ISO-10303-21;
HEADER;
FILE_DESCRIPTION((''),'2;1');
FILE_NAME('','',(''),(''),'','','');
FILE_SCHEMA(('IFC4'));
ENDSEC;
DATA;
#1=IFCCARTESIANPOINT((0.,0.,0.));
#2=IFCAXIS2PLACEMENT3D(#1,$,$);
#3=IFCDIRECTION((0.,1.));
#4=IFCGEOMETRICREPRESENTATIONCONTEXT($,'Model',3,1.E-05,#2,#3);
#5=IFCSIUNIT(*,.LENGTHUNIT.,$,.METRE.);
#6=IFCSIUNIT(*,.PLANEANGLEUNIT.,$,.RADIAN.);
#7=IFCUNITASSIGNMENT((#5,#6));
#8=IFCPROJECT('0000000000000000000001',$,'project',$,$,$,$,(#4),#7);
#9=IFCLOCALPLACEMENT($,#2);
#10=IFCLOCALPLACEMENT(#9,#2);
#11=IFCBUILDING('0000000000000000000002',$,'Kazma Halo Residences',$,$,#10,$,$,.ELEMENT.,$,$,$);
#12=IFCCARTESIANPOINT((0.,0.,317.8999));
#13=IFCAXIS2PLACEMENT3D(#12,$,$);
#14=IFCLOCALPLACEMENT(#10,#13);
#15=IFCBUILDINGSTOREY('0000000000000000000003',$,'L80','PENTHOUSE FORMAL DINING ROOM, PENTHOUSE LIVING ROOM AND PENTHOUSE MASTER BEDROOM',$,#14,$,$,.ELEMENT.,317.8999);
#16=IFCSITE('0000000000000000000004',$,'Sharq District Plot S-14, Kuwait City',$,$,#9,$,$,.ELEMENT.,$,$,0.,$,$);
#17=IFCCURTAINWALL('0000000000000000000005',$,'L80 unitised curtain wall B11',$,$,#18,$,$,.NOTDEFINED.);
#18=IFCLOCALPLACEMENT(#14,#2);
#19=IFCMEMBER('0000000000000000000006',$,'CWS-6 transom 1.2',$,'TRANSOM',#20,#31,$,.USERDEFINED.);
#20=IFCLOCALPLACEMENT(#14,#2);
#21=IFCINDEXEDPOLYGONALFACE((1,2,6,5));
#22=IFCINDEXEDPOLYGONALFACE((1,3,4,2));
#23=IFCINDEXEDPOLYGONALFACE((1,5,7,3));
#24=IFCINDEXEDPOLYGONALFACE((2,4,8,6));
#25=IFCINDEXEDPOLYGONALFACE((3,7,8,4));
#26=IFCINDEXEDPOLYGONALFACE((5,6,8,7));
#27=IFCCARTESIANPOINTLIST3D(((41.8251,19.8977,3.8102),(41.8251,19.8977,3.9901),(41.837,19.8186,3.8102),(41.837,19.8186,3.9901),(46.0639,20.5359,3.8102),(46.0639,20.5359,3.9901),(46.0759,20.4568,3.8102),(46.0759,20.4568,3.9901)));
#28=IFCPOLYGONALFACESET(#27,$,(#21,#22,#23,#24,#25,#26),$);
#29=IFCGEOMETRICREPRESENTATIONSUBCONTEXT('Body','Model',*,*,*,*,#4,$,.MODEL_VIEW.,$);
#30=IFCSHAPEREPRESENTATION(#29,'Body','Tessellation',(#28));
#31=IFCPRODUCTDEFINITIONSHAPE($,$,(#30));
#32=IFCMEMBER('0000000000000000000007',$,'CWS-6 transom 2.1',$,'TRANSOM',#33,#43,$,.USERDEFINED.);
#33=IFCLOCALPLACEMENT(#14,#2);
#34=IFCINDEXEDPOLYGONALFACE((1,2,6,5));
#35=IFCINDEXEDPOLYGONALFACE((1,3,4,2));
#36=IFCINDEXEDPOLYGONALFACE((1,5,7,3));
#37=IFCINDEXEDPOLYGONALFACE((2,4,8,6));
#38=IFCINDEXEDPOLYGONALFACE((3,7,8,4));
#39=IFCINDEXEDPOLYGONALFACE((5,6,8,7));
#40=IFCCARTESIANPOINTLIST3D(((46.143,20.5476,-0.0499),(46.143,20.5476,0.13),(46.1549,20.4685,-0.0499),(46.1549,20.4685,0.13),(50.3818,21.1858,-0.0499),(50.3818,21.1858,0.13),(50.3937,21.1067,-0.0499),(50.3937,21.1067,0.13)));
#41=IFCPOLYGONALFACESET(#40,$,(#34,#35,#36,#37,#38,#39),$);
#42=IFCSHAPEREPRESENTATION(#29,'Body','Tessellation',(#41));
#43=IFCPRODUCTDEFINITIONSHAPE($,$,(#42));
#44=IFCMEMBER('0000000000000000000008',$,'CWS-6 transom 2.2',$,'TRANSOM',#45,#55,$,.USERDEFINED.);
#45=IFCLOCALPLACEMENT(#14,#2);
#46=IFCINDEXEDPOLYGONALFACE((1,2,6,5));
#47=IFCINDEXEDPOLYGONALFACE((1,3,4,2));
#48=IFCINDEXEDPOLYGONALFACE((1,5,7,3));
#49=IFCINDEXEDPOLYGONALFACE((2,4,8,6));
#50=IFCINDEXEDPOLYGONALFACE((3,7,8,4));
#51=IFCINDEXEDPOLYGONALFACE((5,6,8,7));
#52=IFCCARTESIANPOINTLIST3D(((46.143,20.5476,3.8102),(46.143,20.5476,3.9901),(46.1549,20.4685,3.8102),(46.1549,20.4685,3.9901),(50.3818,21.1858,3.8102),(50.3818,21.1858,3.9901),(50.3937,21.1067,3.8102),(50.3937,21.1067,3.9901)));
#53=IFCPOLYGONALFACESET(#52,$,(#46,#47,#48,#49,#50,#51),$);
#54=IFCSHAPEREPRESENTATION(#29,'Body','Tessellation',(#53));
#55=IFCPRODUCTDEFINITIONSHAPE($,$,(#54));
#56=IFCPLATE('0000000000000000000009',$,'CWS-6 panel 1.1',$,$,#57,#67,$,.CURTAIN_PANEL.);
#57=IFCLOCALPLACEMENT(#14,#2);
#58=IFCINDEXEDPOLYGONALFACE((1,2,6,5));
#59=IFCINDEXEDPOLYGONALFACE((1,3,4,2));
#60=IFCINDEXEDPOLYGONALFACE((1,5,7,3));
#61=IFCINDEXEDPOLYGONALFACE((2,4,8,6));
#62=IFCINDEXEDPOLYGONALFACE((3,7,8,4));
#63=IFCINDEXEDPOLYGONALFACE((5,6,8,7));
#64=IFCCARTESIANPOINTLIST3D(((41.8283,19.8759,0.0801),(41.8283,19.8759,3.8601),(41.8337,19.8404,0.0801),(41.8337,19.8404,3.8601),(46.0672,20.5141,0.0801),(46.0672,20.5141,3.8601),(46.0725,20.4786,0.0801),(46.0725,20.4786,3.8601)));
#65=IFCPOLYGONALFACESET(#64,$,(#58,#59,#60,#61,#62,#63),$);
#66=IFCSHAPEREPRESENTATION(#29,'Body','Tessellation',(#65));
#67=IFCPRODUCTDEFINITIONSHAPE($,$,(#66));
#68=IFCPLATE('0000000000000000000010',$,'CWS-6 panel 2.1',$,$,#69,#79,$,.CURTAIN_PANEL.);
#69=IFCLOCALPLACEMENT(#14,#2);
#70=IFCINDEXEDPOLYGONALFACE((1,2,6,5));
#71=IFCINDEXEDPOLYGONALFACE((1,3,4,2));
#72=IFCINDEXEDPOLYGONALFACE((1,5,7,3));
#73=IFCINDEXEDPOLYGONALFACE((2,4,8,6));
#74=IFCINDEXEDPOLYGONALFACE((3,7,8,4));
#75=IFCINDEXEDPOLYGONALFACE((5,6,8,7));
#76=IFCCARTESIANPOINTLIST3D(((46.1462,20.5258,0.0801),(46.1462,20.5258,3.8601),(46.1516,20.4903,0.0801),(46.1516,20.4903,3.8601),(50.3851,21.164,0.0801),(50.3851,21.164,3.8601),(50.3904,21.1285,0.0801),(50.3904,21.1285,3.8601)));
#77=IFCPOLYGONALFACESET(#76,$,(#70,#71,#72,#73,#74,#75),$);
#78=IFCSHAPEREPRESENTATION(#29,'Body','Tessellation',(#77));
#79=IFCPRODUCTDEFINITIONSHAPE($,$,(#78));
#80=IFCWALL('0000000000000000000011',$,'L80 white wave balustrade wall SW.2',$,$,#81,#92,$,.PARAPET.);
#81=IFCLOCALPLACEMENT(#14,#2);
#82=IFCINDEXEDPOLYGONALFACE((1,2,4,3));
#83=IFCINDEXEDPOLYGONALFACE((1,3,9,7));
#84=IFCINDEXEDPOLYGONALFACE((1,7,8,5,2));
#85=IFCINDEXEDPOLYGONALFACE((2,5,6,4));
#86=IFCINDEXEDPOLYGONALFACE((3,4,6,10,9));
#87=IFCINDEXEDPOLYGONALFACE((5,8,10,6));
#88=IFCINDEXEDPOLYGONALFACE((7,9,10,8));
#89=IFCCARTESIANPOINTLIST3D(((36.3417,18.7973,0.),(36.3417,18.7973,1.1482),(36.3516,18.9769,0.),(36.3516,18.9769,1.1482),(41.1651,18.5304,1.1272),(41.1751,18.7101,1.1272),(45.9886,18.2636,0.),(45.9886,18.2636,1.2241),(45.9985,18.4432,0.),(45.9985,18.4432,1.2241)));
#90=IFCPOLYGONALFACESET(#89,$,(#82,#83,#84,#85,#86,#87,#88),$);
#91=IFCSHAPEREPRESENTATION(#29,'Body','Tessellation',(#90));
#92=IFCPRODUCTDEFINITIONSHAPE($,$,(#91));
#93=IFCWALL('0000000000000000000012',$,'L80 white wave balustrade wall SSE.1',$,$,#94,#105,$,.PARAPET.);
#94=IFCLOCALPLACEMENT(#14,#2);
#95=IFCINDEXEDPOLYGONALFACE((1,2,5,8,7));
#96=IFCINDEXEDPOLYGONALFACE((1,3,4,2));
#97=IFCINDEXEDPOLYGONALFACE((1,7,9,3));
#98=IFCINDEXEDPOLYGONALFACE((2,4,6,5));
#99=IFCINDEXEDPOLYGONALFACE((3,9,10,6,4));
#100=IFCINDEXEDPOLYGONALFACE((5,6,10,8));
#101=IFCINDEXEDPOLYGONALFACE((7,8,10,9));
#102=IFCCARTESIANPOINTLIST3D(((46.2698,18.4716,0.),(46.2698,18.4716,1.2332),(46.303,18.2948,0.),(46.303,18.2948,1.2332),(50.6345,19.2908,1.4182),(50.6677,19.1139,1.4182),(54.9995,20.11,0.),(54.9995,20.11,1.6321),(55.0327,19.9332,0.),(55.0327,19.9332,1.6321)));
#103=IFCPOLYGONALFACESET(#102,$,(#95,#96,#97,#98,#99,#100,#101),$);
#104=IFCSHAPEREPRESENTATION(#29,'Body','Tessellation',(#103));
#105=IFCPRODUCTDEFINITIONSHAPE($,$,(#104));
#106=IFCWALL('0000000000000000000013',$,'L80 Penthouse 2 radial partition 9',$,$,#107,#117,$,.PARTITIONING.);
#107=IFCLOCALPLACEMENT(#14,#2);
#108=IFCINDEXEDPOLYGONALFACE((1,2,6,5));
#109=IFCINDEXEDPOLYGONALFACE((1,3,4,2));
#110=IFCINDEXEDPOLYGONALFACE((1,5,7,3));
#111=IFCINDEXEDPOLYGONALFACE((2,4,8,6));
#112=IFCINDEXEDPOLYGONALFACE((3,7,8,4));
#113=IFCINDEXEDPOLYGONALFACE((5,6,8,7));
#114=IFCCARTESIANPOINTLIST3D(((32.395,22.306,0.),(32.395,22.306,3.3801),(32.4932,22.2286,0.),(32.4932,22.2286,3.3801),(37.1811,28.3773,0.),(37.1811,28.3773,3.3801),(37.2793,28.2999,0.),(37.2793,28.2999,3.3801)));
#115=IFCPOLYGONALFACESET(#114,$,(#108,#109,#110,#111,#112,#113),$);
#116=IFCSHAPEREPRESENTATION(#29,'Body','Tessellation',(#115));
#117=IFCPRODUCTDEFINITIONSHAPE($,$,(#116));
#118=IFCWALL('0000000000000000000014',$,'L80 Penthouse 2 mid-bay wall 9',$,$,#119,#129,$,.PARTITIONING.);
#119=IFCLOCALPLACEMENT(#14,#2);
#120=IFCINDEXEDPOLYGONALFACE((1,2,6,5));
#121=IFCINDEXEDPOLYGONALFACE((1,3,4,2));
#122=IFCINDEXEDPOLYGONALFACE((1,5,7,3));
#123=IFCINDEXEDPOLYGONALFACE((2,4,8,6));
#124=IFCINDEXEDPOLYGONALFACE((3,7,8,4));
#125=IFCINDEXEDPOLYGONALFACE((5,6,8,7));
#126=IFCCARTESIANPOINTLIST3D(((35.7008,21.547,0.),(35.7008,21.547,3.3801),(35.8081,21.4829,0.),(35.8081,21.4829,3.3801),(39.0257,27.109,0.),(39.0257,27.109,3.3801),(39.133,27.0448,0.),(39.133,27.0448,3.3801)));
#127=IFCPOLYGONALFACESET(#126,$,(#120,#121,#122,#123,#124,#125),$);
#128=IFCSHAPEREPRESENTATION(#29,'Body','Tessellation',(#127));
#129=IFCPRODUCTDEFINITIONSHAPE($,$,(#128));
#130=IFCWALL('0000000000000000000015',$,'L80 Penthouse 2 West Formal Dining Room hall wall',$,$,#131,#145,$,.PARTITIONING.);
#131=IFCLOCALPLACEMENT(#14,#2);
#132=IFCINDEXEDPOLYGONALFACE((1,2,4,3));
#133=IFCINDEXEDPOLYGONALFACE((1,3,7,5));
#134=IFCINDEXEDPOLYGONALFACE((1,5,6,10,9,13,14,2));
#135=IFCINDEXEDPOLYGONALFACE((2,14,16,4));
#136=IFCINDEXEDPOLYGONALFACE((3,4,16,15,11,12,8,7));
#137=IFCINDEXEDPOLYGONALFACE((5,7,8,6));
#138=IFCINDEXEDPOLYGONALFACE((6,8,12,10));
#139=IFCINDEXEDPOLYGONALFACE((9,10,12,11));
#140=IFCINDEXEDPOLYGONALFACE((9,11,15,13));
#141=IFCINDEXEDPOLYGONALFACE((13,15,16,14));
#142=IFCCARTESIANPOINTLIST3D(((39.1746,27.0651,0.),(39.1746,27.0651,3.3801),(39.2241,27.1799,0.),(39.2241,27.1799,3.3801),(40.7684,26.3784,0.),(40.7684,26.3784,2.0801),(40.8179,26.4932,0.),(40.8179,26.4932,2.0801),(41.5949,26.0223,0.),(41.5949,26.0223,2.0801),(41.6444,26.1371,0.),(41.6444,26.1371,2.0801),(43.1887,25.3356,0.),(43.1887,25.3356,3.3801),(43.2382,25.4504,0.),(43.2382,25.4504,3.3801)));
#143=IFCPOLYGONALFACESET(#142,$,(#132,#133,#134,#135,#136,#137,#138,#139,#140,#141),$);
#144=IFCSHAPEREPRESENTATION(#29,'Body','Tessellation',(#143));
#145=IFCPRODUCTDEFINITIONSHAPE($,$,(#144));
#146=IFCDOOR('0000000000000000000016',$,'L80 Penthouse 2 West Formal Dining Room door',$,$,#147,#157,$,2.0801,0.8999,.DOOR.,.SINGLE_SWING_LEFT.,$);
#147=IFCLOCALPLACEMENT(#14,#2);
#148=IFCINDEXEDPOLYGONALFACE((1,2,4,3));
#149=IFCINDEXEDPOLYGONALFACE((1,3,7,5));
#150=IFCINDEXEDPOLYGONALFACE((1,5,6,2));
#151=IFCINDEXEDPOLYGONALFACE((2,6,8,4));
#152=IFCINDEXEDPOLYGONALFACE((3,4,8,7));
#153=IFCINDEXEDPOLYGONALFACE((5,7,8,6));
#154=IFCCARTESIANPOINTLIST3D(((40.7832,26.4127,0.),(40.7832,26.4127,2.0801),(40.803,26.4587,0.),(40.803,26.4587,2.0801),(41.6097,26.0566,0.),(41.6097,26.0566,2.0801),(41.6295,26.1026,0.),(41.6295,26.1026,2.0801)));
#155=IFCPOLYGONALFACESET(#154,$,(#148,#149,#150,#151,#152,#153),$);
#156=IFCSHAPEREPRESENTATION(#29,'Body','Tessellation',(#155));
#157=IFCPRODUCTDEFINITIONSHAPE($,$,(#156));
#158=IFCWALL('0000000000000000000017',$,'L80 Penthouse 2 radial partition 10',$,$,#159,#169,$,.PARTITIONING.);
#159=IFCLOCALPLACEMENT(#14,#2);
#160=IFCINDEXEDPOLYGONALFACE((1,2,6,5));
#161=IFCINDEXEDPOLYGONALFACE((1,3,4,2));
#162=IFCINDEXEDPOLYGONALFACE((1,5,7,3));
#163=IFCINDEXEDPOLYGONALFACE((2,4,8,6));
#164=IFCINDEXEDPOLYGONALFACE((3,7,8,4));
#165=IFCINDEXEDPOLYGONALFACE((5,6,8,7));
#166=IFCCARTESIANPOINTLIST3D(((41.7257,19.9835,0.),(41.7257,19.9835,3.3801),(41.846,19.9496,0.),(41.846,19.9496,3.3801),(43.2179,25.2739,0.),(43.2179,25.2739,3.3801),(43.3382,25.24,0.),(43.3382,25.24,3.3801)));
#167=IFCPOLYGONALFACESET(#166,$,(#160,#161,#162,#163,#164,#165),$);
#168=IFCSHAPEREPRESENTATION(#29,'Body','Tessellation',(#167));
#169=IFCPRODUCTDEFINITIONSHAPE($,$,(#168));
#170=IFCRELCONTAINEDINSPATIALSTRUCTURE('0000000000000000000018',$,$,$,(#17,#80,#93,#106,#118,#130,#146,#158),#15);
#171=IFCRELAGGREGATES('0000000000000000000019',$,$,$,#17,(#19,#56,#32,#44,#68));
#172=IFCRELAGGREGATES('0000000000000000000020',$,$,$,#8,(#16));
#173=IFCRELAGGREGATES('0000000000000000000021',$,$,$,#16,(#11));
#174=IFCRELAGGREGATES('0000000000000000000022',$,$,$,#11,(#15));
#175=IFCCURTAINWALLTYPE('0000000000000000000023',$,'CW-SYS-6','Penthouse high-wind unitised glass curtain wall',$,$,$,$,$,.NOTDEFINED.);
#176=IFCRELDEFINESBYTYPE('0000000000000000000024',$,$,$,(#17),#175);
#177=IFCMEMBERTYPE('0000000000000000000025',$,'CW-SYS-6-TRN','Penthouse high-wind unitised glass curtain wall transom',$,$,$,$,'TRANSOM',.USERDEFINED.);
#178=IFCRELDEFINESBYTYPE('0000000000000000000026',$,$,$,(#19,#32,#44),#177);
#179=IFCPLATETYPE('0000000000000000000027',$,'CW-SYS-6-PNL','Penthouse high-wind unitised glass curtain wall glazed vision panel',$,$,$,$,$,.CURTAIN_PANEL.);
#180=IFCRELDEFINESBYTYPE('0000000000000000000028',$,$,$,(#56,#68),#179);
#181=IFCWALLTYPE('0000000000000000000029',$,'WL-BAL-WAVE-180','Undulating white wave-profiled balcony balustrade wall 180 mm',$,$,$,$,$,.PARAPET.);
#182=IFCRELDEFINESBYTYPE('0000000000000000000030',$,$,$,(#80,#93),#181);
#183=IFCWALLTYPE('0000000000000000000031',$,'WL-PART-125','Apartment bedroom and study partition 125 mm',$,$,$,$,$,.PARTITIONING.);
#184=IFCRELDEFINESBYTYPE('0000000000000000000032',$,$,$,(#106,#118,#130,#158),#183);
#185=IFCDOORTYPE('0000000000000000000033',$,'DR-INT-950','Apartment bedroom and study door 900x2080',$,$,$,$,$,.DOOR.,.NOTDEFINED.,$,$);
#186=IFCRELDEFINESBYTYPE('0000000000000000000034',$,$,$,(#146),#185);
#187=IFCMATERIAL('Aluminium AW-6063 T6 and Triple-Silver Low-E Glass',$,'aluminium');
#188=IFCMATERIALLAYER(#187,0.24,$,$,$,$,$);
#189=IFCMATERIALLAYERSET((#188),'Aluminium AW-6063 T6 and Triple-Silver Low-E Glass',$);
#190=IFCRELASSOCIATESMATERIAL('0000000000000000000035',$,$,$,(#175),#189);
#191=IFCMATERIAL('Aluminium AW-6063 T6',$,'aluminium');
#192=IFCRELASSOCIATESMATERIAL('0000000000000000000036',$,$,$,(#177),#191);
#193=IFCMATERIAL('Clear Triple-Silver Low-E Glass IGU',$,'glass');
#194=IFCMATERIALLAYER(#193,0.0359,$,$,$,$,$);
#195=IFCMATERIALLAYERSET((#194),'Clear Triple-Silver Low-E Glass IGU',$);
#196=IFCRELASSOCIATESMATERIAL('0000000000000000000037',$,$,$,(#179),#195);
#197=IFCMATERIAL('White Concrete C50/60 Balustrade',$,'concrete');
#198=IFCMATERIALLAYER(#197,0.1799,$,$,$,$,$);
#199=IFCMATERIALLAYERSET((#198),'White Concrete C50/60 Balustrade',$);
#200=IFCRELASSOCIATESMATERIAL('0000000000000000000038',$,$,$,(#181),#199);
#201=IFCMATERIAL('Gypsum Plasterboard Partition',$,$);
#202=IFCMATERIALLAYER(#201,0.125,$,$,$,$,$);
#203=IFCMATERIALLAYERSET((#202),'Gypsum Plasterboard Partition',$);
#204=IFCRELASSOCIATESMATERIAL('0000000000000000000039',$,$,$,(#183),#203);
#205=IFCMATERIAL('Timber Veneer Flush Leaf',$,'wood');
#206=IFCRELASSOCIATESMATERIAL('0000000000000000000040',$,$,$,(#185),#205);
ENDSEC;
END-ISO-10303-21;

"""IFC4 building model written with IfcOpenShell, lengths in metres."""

from ifc_helpers import new_model, si_unit, direction, frame, frame_2d, origin, origin_2d, place, context, subcontext, project, spatial, polyline, rectangle, outline, extrude, material, layer, layer_set, material_profile, profile_set, type_object, element, fill, aggregate, save


model = new_model("IFC4")

# Units and contexts
model_context = context("Model", 3, precision=1e-05, world=origin(), true_north=direction((0.0, 1.0)))
body_context = subcontext(model_context, "Body", "Model", "MODEL_VIEW")
ifc_project = project(units=[si_unit("LENGTHUNIT", "METRE"), si_unit("PLANEANGLEUNIT", "RADIAN")], contexts=[model_context])

# Site, building, storey
site_placement = place(None, origin())
site = spatial("IfcSite", under=ifc_project, at=site_placement, Name="Sharq District Plot S-14, Kuwait City", CompositionType="ELEMENT", RefElevation=0.0)
building_placement = place(site_placement, origin())
building = spatial("IfcBuilding", under=site, at=building_placement, Name="Kazma Halo Residences", CompositionType="ELEMENT")
storey_placement = place(building_placement, frame((0.0, 0.0, 317.8999)))
storey = spatial("IfcBuildingStorey", under=building, at=storey_placement, Name="L80", Description="PENTHOUSE FORMAL DINING ROOM, PENTHOUSE LIVING ROOM AND PENTHOUSE MASTER BEDROOM", CompositionType="ELEMENT", Elevation=317.8999)

# Curtain wall, members, plates
ifc_material_1 = material(Name="Aluminium AW-6063 T6 and Triple-Silver Low-E Glass", Category="aluminium")
ifc_layer_1 = layer(ifc_material_1, 0.24)
ifc_layer_set_1 = layer_set([ifc_layer_1], Name="Aluminium AW-6063 T6 and Triple-Silver Low-E Glass")
curtain_wall_type = type_object("IfcCurtainWallType", Name="CW-SYS-6", Description="Penthouse high-wind unitised glass curtain wall", PredefinedType="NOTDEFINED", material=ifc_layer_set_1)
curtain_wall_placement = place(storey_placement, origin())
curtain_wall = element("IfcCurtainWall", 1, at=curtain_wall_placement, inside=storey, type_object=curtain_wall_type, Name="L80 unitised curtain wall B11", PredefinedType="NOTDEFINED")
ifc_material_2 = material(Name="Aluminium AW-6063 T6", Category="aluminium")
ifc_material_profile_1 = material_profile(ifc_material_2, rectangle(XDim=0.0801, YDim=0.1799, at=origin_2d()), Name="CWT-80x180")
ifc_profile_set_1 = profile_set([ifc_material_profile_1], Name="Aluminium AW-6063 T6")
member_type_1 = type_object("IfcMemberType", Name="CW-SYS-6-TRN", Description="Penthouse high-wind unitised glass curtain wall transom", ElementType="TRANSOM", PredefinedType="USERDEFINED", material=ifc_profile_set_1)
member_1_placement = place(storey_placement, frame((41.8311, 19.8582, 3.9001), z_axis=(0.988855, 0.148881, 0.0), x_axis=(-0.148881, 0.988855, 0.0)))
member_1 = element("IfcMember", 2, at=member_1_placement, type_object=member_type_1, Name="CWS-6 transom 1.2", ObjectType="TRANSOM", PredefinedType="USERDEFINED", context=body_context, shape_type="SweptSolid", body=[
    extrude(rectangle(XDim=0.0801, YDim=0.1799, at=origin_2d()), origin(), (0.0, 0.0, 1.0), 4.2866),
])
member_2_placement = place(storey_placement, frame((46.1489, 20.5081, 0.04), z_axis=(0.988855, 0.148881, 0.0), x_axis=(-0.148881, 0.988855, 0.0)))
member_2 = element("IfcMember", 3, at=member_2_placement, type_object=member_type_1, Name="CWS-6 transom 2.1", ObjectType="TRANSOM", PredefinedType="USERDEFINED", context=body_context, shape_type="SweptSolid", body=[
    extrude(rectangle(XDim=0.0801, YDim=0.1799, at=origin_2d()), origin(), (0.0, 0.0, 1.0), 4.2866),
])
member_3_placement = place(storey_placement, frame((46.1489, 20.5081, 3.9001), z_axis=(0.988855, 0.148881, 0.0), x_axis=(-0.148881, 0.988855, 0.0)))
member_3 = element("IfcMember", 4, at=member_3_placement, type_object=member_type_1, Name="CWS-6 transom 2.2", ObjectType="TRANSOM", PredefinedType="USERDEFINED", context=body_context, shape_type="SweptSolid", body=[
    extrude(rectangle(XDim=0.0801, YDim=0.1799, at=origin_2d()), origin(), (0.0, 0.0, 1.0), 4.2866),
])
ifc_material_3 = material(Name="Clear Triple-Silver Low-E Glass IGU", Category="glass")
ifc_layer_2 = layer(ifc_material_3, 0.0359)
ifc_layer_set_2 = layer_set([ifc_layer_2], Name="Clear Triple-Silver Low-E Glass IGU")
plate_type = type_object("IfcPlateType", Name="CW-SYS-6-PNL", Description="Penthouse high-wind unitised glass curtain wall glazed vision panel", PredefinedType="CURTAIN_PANEL", material=ifc_layer_set_2)
plate_1_placement = place(storey_placement, frame((43.9504, 20.1772, 0.0801), z_axis=(0.0, 0.0, 1.0), x_axis=(0.988857, 0.148871, 0.0)))
plate_1 = element("IfcPlate", 5, at=plate_1_placement, type_object=plate_type, Name="CWS-6 panel 1.1", PredefinedType="CURTAIN_PANEL", context=body_context, shape_type="SweptSolid", body=[
    extrude(rectangle(XDim=4.2866, YDim=0.0359, at=origin_2d()), origin(), (0.0, 0.0, 1.0), 3.78),
])
plate_2_placement = place(storey_placement, frame((48.2683, 20.8271, 0.0801), z_axis=(0.0, 0.0, 1.0), x_axis=(0.988857, 0.148871, 0.0)))
plate_2 = element("IfcPlate", 6, at=plate_2_placement, type_object=plate_type, Name="CWS-6 panel 2.1", PredefinedType="CURTAIN_PANEL", context=body_context, shape_type="SweptSolid", body=[
    extrude(rectangle(XDim=4.2866, YDim=0.0359, at=origin_2d()), origin(), (0.0, 0.0, 1.0), 3.78),
])
aggregate(curtain_wall, [member_1, plate_1, member_2, member_3, plate_2])

# Walls
ifc_material_4 = material(Name="White Concrete C50/60 Balustrade", Category="concrete")
ifc_layer_3 = layer(ifc_material_4, 0.1799)
ifc_layer_set_3 = layer_set([ifc_layer_3], Name="White Concrete C50/60 Balustrade")
wall_type_1 = type_object("IfcWallType", Name="WL-BAL-WAVE-180", Description="Undulating white wave-profiled balcony balustrade wall 180 mm", PredefinedType="PARAPET", material=ifc_layer_set_3)
wall_1_placement = place(storey_placement, frame((36.3467, 18.8872, 0.0), z_axis=(0.0, 0.0, 1.0), x_axis=(0.998473, -0.055238, 0.0)))
element("IfcWall", 7, at=wall_1_placement, inside=storey, type_object=wall_type_1, Name="L80 white wave balustrade wall SW.2", PredefinedType="PARAPET", context=body_context, shape_type="SweptSolid", body=[
    extrude(outline(polyline([(0.0, 0.0), (9.6616, 0.0), (9.6616, 1.2241), (4.8308, 1.1272), (0.0, 1.1482), (0.0, 0.0)])), frame((0.0, 0.0898, 0.0), z_axis=(0.0, -1.0, 0.0), x_axis=(1.0, 0.0, 0.0)), (0.0, 0.0, 1.0), 0.1799),
])
wall_2_placement = place(storey_placement, frame((46.2864, 18.3833, 0.0), z_axis=(0.0, 0.0, 1.0), x_axis=(0.982839, 0.184463, 0.0)))
element("IfcWall", 8, at=wall_2_placement, inside=storey, type_object=wall_type_1, Name="L80 white wave balustrade wall SSE.1", PredefinedType="PARAPET", context=body_context, shape_type="SweptSolid", body=[
    extrude(outline(polyline([(0.0, 0.0), (8.8821, 0.0), (8.8821, 1.6321), (4.4409, 1.4182), (0.0, 1.2332), (0.0, 0.0)])), frame((0.0, 0.0898, 0.0), z_axis=(0.0, -1.0, 0.0), x_axis=(1.0, 0.0, 0.0)), (0.0, 0.0, 1.0), 0.1799),
])
ifc_material_5 = material(Name="Gypsum Plasterboard Partition")
ifc_layer_4 = layer(ifc_material_5, 0.125)
ifc_layer_set_4 = layer_set([ifc_layer_4], Name="Gypsum Plasterboard Partition")
wall_type_2 = type_object("IfcWallType", Name="WL-PART-125", Description="Apartment bedroom and study partition 125 mm", PredefinedType="PARTITIONING", material=ifc_layer_set_4)
wall_3_placement = place(storey_placement, frame((37.2302, 28.3386, 0.0), z_axis=(0.0, 0.0, 1.0), x_axis=(-0.619087, -0.785322, 0.0)))
element("IfcWall", 9, at=wall_3_placement, inside=storey, type_object=wall_type_2, Name="L80 Penthouse 2 radial partition 9", PredefinedType="PARTITIONING", context=body_context, shape_type="SweptSolid", body=[
    extrude(rectangle(XDim=7.731, YDim=0.125, at=frame_2d((3.8655, 0.0))), origin(), (0.0, 0.0, 1.0), 3.3801),
])
wall_4_placement = place(storey_placement, frame((39.0793, 27.0769, 0.0), z_axis=(0.0, 0.0, 1.0), x_axis=(-0.513104, -0.858326, 0.0)))
element("IfcWall", 10, at=wall_4_placement, inside=storey, type_object=wall_type_2, Name="L80 Penthouse 2 mid-bay wall 9", PredefinedType="PARTITIONING", context=body_context, shape_type="SweptSolid", body=[
    extrude(rectangle(XDim=6.48, YDim=0.125, at=frame_2d((3.24, 0.0))), origin(), (0.0, 0.0, 1.0), 3.3801),
])

# Wall, opening, door
wall_5_placement = place(storey_placement, frame((39.1992, 27.1226, 0.0), z_axis=(0.0, 0.0, 1.0), x_axis=(0.918386, -0.395685, 0.0)))
wall_5 = element("IfcWall", 11, at=wall_5_placement, inside=storey, type_object=wall_type_2, Name="L80 Penthouse 2 West Formal Dining Room hall wall", PredefinedType="PARTITIONING", context=body_context, shape_type="SweptSolid", body=[
    extrude(rectangle(XDim=4.3708, YDim=0.125, at=frame_2d((2.1855, 0.0))), origin(), (0.0, 0.0, 1.0), 3.3801),
])
opening_1_placement = place(wall_5_placement, frame((1.7356, 0.0, 0.0)))
opening_1 = element("IfcOpeningElement", 12, at=opening_1_placement, cuts=wall_5, PredefinedType="OPENING", context=body_context, shape_type="SweptSolid", body=[
    extrude(rectangle(XDim=0.8999, YDim=2.0801, at=frame_2d((0.45, 1.04))), frame((0.0, 0.0725, 0.0), z_axis=(0.0, -1.0, 0.0), x_axis=(1.0, 0.0, 0.0)), (0.0, 0.0, 1.0), 0.145),
])
ifc_material_6 = material(Name="Timber Veneer Flush Leaf", Category="wood")
door_type_1 = type_object("IfcDoorType", Name="DR-INT-950", Description="Apartment bedroom and study door 900x2080", OperationType="NOTDEFINED", PredefinedType="DOOR", material=ifc_material_6)
door_1_placement = place(opening_1_placement, origin())
door_1 = element("IfcDoor", 13, at=door_1_placement, inside=storey, type_object=door_type_1, Name="L80 Penthouse 2 West Formal Dining Room door", OperationType="SINGLE_SWING_LEFT", OverallHeight=2.0801, OverallWidth=0.8999, PredefinedType="DOOR", context=body_context, shape_type="SweptSolid", body=[
    extrude(rectangle(XDim=0.8999, YDim=2.0801, at=frame_2d((0.45, 1.04))), frame((0.0, 0.0249, 0.0), z_axis=(0.0, -1.0, 0.0), x_axis=(1.0, 0.0, 0.0)), (0.0, 0.0, 1.0), 0.05),
])
fill(opening_1, door_1)

# Wall
wall_6_placement = place(storey_placement, frame((43.2781, 25.2571, 0.0), z_axis=(0.0, 0.0, 1.0), x_axis=(-0.271458, -0.96245, 0.0)))
element("IfcWall", 14, at=wall_6_placement, inside=storey, type_object=wall_type_2, Name="L80 Penthouse 2 radial partition 10", PredefinedType="PARTITIONING", context=body_context, shape_type="SweptSolid", body=[
    extrude(rectangle(XDim=5.4968, YDim=0.125, at=frame_2d((2.7485, 0.0))), origin(), (0.0, 0.0, 1.0), 3.3801),
])

save(model, "model.ifc")
